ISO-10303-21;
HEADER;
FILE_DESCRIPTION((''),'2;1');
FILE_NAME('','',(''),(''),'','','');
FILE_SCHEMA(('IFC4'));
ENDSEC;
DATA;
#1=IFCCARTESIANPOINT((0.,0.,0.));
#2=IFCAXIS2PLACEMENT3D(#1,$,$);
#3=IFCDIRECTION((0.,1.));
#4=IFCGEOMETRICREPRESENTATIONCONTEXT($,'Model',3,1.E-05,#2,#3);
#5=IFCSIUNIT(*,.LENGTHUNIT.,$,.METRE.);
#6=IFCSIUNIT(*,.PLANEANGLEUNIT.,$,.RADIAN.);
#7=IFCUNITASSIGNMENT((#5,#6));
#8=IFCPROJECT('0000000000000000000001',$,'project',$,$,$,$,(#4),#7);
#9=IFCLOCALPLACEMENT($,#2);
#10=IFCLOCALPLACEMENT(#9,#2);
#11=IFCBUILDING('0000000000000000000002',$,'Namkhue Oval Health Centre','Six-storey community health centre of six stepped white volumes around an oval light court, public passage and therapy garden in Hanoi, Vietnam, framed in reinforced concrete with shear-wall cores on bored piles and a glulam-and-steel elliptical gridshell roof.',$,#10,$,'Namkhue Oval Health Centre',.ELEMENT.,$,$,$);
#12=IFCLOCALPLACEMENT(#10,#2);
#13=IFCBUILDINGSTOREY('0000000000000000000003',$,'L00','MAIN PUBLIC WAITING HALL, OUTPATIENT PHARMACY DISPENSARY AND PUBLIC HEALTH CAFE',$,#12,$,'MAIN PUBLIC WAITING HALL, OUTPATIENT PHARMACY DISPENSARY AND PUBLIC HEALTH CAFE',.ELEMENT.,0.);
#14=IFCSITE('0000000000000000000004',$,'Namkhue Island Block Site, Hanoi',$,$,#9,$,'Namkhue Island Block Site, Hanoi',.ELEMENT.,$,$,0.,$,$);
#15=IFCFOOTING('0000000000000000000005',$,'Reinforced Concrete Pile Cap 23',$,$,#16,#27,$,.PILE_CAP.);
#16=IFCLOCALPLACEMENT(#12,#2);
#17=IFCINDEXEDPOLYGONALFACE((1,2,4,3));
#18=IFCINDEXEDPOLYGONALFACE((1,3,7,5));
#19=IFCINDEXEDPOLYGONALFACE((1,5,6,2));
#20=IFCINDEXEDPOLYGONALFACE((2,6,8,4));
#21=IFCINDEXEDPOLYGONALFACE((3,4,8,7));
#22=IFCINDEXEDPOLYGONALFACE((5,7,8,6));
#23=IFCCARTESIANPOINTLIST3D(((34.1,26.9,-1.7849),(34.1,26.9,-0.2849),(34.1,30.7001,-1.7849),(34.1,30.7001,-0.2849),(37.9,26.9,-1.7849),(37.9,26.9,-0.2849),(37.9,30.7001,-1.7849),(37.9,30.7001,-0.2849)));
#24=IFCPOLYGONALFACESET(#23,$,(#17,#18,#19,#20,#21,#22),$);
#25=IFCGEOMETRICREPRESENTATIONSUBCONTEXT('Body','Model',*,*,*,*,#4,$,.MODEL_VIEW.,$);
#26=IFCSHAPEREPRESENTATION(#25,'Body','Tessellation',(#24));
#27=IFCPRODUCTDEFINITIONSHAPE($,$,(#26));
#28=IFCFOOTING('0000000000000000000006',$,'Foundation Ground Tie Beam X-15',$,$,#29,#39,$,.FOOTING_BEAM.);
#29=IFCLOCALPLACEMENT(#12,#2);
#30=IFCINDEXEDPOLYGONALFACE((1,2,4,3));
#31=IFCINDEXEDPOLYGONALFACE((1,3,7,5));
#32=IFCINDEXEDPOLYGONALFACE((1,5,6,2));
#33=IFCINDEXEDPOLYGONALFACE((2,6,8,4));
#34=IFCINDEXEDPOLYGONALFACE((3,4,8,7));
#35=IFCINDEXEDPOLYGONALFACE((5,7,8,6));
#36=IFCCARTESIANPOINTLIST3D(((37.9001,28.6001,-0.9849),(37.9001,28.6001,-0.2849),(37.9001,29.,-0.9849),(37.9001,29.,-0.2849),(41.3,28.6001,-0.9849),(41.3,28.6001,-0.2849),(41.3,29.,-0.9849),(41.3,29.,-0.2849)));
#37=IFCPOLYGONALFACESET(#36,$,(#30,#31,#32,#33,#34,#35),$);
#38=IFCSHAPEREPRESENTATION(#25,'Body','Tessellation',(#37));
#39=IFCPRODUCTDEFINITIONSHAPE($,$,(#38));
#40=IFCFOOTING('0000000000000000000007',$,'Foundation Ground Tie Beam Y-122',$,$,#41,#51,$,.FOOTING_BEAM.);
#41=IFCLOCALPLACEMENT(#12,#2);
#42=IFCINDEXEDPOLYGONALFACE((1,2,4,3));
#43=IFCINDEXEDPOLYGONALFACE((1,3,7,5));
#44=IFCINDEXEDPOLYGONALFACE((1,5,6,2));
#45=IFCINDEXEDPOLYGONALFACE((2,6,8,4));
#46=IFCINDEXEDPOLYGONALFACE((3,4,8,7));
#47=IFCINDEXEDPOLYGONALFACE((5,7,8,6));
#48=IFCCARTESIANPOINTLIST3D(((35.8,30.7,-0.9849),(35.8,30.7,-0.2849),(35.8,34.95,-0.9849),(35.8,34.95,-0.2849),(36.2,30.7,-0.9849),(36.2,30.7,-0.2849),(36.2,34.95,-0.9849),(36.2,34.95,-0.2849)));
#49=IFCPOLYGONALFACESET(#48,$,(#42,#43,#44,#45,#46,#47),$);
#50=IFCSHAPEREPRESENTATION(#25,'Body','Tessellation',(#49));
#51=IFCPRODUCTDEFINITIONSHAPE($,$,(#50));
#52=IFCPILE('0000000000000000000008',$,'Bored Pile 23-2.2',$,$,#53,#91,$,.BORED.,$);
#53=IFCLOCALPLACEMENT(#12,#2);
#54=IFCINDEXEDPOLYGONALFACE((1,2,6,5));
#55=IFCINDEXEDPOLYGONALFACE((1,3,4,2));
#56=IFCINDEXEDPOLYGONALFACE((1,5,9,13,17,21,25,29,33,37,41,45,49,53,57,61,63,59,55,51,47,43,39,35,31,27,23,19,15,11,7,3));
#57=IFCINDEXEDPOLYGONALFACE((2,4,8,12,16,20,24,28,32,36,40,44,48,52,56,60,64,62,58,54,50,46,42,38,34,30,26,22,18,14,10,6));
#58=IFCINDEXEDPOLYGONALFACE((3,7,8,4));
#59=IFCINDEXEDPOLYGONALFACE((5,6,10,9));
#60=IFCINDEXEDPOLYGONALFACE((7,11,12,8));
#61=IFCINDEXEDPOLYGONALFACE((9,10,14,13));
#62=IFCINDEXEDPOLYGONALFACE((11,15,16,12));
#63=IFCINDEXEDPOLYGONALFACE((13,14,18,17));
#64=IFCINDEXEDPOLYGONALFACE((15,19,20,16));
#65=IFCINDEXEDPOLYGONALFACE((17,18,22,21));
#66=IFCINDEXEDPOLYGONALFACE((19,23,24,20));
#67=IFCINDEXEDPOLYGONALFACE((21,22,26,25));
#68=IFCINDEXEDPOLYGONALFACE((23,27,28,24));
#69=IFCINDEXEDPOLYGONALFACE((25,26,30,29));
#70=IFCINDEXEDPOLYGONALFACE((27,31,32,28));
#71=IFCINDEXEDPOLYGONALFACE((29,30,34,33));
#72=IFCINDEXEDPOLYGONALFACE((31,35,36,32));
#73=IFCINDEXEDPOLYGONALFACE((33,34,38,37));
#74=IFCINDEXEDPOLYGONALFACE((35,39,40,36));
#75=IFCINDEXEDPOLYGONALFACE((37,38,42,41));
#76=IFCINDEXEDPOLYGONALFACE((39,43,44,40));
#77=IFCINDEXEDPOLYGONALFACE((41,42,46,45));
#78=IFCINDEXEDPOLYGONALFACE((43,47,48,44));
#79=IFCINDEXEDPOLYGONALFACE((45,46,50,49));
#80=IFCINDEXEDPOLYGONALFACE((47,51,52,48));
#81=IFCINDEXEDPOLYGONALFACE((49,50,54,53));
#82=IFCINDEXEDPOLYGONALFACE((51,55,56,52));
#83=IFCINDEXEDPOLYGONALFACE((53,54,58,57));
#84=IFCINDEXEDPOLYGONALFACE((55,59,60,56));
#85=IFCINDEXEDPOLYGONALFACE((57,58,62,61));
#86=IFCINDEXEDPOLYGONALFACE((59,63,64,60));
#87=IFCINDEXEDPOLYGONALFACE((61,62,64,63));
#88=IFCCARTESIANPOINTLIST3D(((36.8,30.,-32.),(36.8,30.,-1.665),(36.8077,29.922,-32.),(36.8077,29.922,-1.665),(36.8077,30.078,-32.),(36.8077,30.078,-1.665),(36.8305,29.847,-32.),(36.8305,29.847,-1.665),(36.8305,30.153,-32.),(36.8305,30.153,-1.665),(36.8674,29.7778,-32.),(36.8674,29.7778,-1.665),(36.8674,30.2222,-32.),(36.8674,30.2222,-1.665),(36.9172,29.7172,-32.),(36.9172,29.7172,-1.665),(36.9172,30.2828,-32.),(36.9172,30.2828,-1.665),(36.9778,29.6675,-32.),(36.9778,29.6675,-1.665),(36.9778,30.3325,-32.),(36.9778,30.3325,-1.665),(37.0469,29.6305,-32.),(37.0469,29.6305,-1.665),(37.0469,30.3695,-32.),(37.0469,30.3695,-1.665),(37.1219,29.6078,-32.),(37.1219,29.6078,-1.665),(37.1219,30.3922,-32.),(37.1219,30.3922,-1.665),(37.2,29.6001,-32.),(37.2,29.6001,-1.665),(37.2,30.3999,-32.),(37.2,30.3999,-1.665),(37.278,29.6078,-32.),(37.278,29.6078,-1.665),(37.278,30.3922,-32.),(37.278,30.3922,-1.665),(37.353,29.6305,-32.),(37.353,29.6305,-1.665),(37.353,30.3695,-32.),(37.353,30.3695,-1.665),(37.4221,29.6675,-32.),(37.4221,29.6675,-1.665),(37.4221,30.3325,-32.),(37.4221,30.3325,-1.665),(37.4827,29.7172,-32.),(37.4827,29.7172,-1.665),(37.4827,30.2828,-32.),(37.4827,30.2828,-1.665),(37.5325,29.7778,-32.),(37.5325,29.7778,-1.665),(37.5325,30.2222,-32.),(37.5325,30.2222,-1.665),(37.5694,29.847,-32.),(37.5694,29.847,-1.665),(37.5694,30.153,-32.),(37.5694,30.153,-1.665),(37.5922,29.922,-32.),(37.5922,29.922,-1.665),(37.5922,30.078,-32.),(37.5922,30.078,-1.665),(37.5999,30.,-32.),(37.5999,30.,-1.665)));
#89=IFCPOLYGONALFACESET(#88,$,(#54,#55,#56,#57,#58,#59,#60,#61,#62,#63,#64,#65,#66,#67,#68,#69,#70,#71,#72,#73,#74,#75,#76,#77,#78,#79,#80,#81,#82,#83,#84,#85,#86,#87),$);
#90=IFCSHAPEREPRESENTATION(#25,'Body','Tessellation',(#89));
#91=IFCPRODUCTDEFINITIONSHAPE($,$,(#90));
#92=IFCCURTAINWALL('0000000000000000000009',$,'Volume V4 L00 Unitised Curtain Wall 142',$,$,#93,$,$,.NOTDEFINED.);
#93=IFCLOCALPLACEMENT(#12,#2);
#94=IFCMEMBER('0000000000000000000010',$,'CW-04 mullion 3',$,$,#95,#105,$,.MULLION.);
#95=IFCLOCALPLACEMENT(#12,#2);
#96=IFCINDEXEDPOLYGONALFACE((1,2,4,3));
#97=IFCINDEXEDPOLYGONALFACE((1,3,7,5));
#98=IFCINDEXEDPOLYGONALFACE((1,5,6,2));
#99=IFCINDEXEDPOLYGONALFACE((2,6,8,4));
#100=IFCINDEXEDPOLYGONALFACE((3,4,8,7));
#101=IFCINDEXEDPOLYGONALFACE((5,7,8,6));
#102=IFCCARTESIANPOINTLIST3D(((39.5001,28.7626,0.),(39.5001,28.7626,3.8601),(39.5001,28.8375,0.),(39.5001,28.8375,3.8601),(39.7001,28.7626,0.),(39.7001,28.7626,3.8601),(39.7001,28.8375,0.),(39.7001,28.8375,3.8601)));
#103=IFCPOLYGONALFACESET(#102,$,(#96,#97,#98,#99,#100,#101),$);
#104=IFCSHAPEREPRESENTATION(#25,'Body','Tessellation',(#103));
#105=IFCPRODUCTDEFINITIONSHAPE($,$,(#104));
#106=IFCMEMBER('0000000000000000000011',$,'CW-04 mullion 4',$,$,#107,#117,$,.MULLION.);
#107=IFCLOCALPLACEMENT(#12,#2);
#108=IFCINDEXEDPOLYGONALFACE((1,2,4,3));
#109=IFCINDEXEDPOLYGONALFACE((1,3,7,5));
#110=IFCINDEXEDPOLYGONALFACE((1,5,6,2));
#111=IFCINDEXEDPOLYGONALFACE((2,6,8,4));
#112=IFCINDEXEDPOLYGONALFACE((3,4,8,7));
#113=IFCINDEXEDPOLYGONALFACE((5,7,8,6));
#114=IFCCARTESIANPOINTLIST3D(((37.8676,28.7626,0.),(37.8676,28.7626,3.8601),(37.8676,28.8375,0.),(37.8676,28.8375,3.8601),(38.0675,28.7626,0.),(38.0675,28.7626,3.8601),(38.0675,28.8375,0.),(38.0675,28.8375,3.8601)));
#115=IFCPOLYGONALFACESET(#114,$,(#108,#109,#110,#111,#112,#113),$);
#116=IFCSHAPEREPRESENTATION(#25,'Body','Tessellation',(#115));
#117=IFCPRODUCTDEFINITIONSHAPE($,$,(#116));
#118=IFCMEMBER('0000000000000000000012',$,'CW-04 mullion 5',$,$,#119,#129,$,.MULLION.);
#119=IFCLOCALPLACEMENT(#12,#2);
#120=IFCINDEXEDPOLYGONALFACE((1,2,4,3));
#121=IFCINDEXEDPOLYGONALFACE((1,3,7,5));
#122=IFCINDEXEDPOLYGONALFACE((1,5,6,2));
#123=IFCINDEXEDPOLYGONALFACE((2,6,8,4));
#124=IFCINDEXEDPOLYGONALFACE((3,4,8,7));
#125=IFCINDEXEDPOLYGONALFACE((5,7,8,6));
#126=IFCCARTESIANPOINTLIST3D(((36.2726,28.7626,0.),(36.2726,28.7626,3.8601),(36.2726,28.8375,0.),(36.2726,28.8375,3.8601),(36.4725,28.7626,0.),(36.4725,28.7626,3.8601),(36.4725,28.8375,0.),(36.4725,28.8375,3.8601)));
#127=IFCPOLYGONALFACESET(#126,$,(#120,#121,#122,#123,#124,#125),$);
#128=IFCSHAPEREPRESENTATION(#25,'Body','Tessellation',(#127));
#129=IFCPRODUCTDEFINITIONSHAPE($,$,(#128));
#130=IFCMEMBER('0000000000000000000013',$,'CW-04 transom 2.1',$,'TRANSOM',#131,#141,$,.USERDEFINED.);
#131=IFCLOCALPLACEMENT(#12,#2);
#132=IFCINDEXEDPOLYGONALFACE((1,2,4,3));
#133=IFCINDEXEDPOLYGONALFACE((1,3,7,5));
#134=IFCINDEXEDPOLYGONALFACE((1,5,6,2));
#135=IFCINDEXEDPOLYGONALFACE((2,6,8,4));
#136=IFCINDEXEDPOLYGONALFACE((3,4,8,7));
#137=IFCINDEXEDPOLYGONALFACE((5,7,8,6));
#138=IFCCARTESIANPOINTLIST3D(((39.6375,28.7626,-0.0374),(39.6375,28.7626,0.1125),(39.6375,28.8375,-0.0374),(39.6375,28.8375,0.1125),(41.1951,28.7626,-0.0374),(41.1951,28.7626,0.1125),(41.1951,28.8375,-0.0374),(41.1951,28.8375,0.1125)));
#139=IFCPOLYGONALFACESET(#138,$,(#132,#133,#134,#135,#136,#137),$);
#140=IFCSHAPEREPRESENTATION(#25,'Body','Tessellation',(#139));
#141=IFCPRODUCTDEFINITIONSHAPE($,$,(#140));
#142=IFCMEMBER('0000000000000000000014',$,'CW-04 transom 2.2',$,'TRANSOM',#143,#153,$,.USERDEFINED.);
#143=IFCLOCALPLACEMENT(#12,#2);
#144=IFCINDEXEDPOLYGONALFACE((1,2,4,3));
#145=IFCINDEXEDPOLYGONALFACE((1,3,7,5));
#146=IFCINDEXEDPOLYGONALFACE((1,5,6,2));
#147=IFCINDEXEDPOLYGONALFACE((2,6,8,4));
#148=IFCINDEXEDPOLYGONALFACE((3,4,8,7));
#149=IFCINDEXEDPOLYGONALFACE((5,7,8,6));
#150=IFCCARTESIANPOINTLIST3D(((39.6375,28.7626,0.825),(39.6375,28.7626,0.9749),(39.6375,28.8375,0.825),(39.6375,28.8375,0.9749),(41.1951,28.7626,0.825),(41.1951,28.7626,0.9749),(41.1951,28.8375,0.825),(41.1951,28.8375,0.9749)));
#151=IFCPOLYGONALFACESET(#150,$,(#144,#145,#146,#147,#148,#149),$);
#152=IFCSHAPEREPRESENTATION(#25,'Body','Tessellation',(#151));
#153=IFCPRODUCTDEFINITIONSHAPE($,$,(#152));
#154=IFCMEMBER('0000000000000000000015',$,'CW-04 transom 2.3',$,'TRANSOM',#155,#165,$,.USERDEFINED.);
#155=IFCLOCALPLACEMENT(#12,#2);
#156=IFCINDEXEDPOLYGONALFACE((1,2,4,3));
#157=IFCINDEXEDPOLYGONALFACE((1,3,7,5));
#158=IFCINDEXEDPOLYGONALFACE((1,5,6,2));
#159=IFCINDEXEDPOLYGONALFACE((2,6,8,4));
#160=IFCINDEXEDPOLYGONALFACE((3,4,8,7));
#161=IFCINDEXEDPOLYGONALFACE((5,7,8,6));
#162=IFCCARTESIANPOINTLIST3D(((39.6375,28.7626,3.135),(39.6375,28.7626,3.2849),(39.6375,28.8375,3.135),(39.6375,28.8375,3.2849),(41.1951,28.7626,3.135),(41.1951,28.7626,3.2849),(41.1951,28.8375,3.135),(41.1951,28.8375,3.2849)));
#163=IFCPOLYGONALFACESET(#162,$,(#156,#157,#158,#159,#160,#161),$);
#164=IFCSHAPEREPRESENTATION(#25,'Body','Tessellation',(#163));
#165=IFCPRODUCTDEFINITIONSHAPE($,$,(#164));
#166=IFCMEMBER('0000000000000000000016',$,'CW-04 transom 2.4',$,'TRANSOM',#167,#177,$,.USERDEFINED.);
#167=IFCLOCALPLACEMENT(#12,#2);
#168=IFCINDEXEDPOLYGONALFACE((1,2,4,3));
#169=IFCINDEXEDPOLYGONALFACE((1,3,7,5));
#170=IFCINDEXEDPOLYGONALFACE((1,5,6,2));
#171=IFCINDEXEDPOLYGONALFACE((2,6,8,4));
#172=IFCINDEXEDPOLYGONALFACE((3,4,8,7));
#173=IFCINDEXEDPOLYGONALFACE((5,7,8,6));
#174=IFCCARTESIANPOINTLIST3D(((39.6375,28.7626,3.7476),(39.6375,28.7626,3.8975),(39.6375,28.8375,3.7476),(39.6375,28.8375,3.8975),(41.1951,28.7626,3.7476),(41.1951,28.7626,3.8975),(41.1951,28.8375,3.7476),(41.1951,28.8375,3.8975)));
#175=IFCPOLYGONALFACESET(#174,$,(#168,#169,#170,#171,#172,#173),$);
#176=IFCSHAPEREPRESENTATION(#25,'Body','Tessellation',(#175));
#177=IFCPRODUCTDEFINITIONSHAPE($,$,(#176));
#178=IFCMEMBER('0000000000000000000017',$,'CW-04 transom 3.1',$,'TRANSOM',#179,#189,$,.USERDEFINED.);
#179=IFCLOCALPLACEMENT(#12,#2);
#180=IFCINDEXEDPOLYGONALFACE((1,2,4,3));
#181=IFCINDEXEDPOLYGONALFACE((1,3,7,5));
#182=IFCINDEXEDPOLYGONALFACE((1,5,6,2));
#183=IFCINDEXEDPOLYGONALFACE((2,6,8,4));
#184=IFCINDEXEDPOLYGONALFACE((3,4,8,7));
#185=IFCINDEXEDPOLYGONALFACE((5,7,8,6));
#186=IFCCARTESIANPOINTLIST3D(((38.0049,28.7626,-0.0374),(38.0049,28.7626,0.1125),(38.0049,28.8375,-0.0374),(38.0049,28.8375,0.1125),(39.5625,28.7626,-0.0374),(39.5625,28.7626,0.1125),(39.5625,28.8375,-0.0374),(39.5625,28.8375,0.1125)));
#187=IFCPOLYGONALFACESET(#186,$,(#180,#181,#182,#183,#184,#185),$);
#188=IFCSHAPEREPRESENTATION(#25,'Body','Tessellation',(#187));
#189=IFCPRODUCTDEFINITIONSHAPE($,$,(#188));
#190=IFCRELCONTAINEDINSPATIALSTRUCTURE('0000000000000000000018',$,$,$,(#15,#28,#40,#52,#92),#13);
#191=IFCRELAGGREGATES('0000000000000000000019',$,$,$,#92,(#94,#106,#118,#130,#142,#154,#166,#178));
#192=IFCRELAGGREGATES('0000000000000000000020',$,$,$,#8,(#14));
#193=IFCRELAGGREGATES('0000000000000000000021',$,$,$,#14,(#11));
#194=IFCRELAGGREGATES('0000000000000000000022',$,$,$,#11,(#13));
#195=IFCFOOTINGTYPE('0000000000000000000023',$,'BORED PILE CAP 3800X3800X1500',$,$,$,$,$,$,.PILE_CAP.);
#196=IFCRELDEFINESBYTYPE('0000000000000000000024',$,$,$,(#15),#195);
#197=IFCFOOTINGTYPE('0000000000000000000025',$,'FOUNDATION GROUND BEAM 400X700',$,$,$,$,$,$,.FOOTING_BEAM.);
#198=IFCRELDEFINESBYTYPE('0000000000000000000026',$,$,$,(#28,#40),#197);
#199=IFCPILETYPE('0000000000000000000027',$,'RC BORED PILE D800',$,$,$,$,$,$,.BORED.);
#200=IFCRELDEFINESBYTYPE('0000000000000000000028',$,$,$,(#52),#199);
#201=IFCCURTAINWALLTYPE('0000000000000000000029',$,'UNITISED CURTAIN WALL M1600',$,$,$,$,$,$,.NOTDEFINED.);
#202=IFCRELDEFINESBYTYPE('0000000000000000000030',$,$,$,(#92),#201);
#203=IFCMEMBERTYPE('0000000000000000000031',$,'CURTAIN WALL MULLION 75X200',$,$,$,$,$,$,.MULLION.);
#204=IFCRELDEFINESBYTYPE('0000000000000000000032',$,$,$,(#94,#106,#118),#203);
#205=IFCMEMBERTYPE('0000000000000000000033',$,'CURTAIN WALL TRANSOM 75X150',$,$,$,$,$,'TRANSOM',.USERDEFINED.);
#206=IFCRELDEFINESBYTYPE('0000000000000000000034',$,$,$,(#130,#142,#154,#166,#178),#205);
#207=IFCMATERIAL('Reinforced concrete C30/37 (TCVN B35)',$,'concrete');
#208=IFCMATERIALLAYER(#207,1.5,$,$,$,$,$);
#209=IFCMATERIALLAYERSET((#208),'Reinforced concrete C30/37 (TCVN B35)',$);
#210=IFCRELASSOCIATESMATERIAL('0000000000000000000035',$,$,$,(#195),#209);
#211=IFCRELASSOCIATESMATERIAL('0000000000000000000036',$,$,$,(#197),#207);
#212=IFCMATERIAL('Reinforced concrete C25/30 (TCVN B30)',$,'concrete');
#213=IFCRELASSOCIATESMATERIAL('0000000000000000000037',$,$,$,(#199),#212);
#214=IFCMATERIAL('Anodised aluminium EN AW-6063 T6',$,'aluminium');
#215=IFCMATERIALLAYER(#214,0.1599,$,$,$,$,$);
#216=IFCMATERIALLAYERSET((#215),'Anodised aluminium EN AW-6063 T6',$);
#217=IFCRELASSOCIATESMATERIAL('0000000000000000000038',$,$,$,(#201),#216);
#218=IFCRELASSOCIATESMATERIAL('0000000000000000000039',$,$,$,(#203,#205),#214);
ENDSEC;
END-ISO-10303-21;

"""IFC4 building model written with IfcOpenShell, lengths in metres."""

from ifc_helpers import new_model, si_unit, direction, frame, origin, origin_2d, place, context, subcontext, project, spatial, rectangle, circle, extrude, material, layer, layer_set, material_profile, profile_set, type_object, element, aggregate, save


model = new_model("IFC4")

# Units and contexts
model_context = context("Model", 3, precision=1e-05, world=origin(), true_north=direction((0.0, 1.0)))
body_context = subcontext(model_context, "Body", "Model", "MODEL_VIEW")
ifc_project = project(units=[si_unit("LENGTHUNIT", "METRE"), si_unit("PLANEANGLEUNIT", "RADIAN")], contexts=[model_context])

# Site, building, storey
site_placement = place(None, origin())
site = spatial("IfcSite", under=ifc_project, at=site_placement, Name="Namkhue Island Block Site, Hanoi", LongName="Namkhue Island Block Site, Hanoi", CompositionType="ELEMENT", RefElevation=0.0)
building_placement = place(site_placement, origin())
building = spatial("IfcBuilding", under=site, at=building_placement, Name="Namkhue Oval Health Centre", Description="Six-storey community health centre of six stepped white volumes around an oval light court, public passage and therapy garden in Hanoi, Vietnam, framed in reinforced concrete with shear-wall cores on bored piles and a glulam-and-steel elliptical gridshell roof.", LongName="Namkhue Oval Health Centre", CompositionType="ELEMENT")
storey_placement = place(building_placement, origin())
storey = spatial("IfcBuildingStorey", under=building, at=storey_placement, Name="L00", Description="MAIN PUBLIC WAITING HALL, OUTPATIENT PHARMACY DISPENSARY AND PUBLIC HEALTH CAFE", LongName="MAIN PUBLIC WAITING HALL, OUTPATIENT PHARMACY DISPENSARY AND PUBLIC HEALTH CAFE", CompositionType="ELEMENT", Elevation=0.0)

# Footings
ifc_material_1 = material(Name="Reinforced concrete C30/37 (TCVN B35)", Category="concrete")
ifc_layer_1 = layer(ifc_material_1, 1.5)
ifc_layer_set_1 = layer_set([ifc_layer_1], Name="Reinforced concrete C30/37 (TCVN B35)")
footing_type_1 = type_object("IfcFootingType", Name="BORED PILE CAP 3800X3800X1500", PredefinedType="PILE_CAP", material=ifc_layer_set_1)
footing_1_placement = place(storey_placement, frame((36.0, 28.8, -1.7849), z_axis=(0.0, 0.0, 1.0), x_axis=(1.0, 0.0, 0.0)))
element("IfcFooting", 1, at=footing_1_placement, inside=storey, type_object=footing_type_1, Name="Reinforced Concrete Pile Cap 23", PredefinedType="PILE_CAP", context=body_context, shape_type="SweptSolid", body=[
    extrude(rectangle(XDim=3.8, YDim=3.8, at=origin_2d()), origin(), (0.0, 0.0, 1.0), 1.5),
])
footing_type_2 = type_object("IfcFootingType", Name="FOUNDATION GROUND BEAM 400X700", PredefinedType="FOOTING_BEAM", material=ifc_material_1)
footing_2_placement = place(storey_placement, frame((39.6001, 28.8, -0.9849), z_axis=(0.0, 0.0, 1.0), x_axis=(1.0, 0.0, 0.0)))
element("IfcFooting", 2, at=footing_2_placement, inside=storey, type_object=footing_type_2, Name="Foundation Ground Tie Beam X-15", PredefinedType="FOOTING_BEAM", context=body_context, shape_type="SweptSolid", body=[
    extrude(rectangle(XDim=3.3999, YDim=0.3999, at=origin_2d()), origin(), (0.0, 0.0, 1.0), 0.7),
])
footing_3_placement = place(storey_placement, frame((36.0, 32.825, -0.9849), z_axis=(0.0, 0.0, 1.0), x_axis=(0.0, 1.0, 0.0)))
element("IfcFooting", 3, at=footing_3_placement, inside=storey, type_object=footing_type_2, Name="Foundation Ground Tie Beam Y-122", PredefinedType="FOOTING_BEAM", context=body_context, shape_type="SweptSolid", body=[
    extrude(rectangle(XDim=4.25, YDim=0.3999, at=origin_2d()), origin(), (0.0, 0.0, 1.0), 0.7),
])

# Pile
ifc_material_2 = material(Name="Reinforced concrete C25/30 (TCVN B30)", Category="concrete")
ifc_material_profile_1 = material_profile(ifc_material_2, circle(Radius=0.3999, at=origin_2d()), Name="BORED PILE D800")
ifc_profile_set_1 = profile_set([ifc_material_profile_1], Name="Reinforced concrete C25/30 (TCVN B30)")
pile_type = type_object("IfcPileType", Name="RC BORED PILE D800", PredefinedType="BORED", material=ifc_profile_set_1)
pile_placement = place(storey_placement, frame((37.2, 30.0, -1.665), z_axis=(0.0, 0.0, -1.0), x_axis=(1.0, 0.0, 0.0)))
element("IfcPile", 4, at=pile_placement, inside=storey, type_object=pile_type, Name="Bored Pile 23-2.2", PredefinedType="BORED", context=body_context, shape_type="SweptSolid", body=[
    extrude(circle(Radius=0.3999, at=origin_2d()), origin(), (0.0, 0.0, 1.0), 30.335),
])

# Curtain wall, members
ifc_material_3 = material(Name="Anodised aluminium EN AW-6063 T6", Category="aluminium")
ifc_layer_2 = layer(ifc_material_3, 0.1599)
ifc_layer_set_2 = layer_set([ifc_layer_2], Name="Anodised aluminium EN AW-6063 T6")
curtain_wall_type = type_object("IfcCurtainWallType", Name="UNITISED CURTAIN WALL M1600", PredefinedType="NOTDEFINED", material=ifc_layer_set_2)
curtain_wall_placement = place(storey_placement, origin())
curtain_wall = element("IfcCurtainWall", 5, at=curtain_wall_placement, inside=storey, type_object=curtain_wall_type, Name="Volume V4 L00 Unitised Curtain Wall 142", PredefinedType="NOTDEFINED")
ifc_material_profile_2 = material_profile(ifc_material_3, rectangle(XDim=0.075, YDim=0.2, at=origin_2d()), Name="ALU 75x200")
ifc_profile_set_2 = profile_set([ifc_material_profile_2], Name="Anodised aluminium EN AW-6063 T6")
member_type_1 = type_object("IfcMemberType", Name="CURTAIN WALL MULLION 75X200", PredefinedType="MULLION", material=ifc_profile_set_2)
member_1_placement = place(storey_placement, frame((39.6001, 28.8, 0.0), z_axis=(0.0, 0.0, 1.0), x_axis=(0.0, -1.0, 0.0)))
member_1 = element("IfcMember", 6, at=member_1_placement, type_object=member_type_1, Name="CW-04 mullion 3", PredefinedType="MULLION", context=body_context, shape_type="SweptSolid", body=[
    extrude(rectangle(XDim=0.075, YDim=0.2, at=origin_2d()), origin(), (0.0, 0.0, 1.0), 3.8601),
])
member_2_placement = place(storey_placement, frame((37.9675, 28.8, 0.0), z_axis=(0.0, 0.0, 1.0), x_axis=(0.0, -1.0, 0.0)))
member_2 = element("IfcMember", 7, at=member_2_placement, type_object=member_type_1, Name="CW-04 mullion 4", PredefinedType="MULLION", context=body_context, shape_type="SweptSolid", body=[
    extrude(rectangle(XDim=0.075, YDim=0.2, at=origin_2d()), origin(), (0.0, 0.0, 1.0), 3.8601),
])
member_3_placement = place(storey_placement, frame((36.3726, 28.8, 0.0), z_axis=(0.0, 0.0, 1.0), x_axis=(0.0, -1.0, 0.0)))
member_3 = element("IfcMember", 8, at=member_3_placement, type_object=member_type_1, Name="CW-04 mullion 5", PredefinedType="MULLION", context=body_context, shape_type="SweptSolid", body=[
    extrude(rectangle(XDim=0.075, YDim=0.2, at=origin_2d()), origin(), (0.0, 0.0, 1.0), 3.8601),
])
ifc_material_profile_3 = material_profile(ifc_material_3, rectangle(XDim=0.075, YDim=0.1499, at=origin_2d()), Name="ALU 75x150")
ifc_profile_set_3 = profile_set([ifc_material_profile_3], Name="Anodised aluminium EN AW-6063 T6")
member_type_2 = type_object("IfcMemberType", Name="CURTAIN WALL TRANSOM 75X150", ElementType="TRANSOM", PredefinedType="USERDEFINED", material=ifc_profile_set_3)
member_4_placement = place(storey_placement, frame((41.1951, 28.8, 0.0376), z_axis=(-1.0, 0.0, 0.0), x_axis=(0.0, -1.0, 0.0)))
member_4 = element("IfcMember", 9, at=member_4_placement, type_object=member_type_2, Name="CW-04 transom 2.1", ObjectType="TRANSOM", PredefinedType="USERDEFINED", context=body_context, shape_type="SweptSolid", body=[
    extrude(rectangle(XDim=0.075, YDim=0.1499, at=origin_2d()), origin(), (0.0, 0.0, 1.0), 1.5576),
])
member_5_placement = place(storey_placement, frame((41.1951, 28.8, 0.8999), z_axis=(-1.0, 0.0, 0.0), x_axis=(0.0, -1.0, 0.0)))
member_5 = element("IfcMember", 10, at=member_5_placement, type_object=member_type_2, Name="CW-04 transom 2.2", ObjectType="TRANSOM", PredefinedType="USERDEFINED", context=body_context, shape_type="SweptSolid", body=[
    extrude(rectangle(XDim=0.075, YDim=0.1499, at=origin_2d()), origin(), (0.0, 0.0, 1.0), 1.5576),
])
member_6_placement = place(storey_placement, frame((41.1951, 28.8, 3.21), z_axis=(-1.0, 0.0, 0.0), x_axis=(0.0, -1.0, 0.0)))
member_6 = element("IfcMember", 11, at=member_6_placement, type_object=member_type_2, Name="CW-04 transom 2.3", ObjectType="TRANSOM", PredefinedType="USERDEFINED", context=body_context, shape_type="SweptSolid", body=[
    extrude(rectangle(XDim=0.075, YDim=0.1499, at=origin_2d()), origin(), (0.0, 0.0, 1.0), 1.5576),
])
member_7_placement = place(storey_placement, frame((41.1951, 28.8, 3.8225), z_axis=(-1.0, 0.0, 0.0), x_axis=(0.0, -1.0, 0.0)))
member_7 = element("IfcMember", 12, at=member_7_placement, type_object=member_type_2, Name="CW-04 transom 2.4", ObjectType="TRANSOM", PredefinedType="USERDEFINED", context=body_context, shape_type="SweptSolid", body=[
    extrude(rectangle(XDim=0.075, YDim=0.1499, at=origin_2d()), origin(), (0.0, 0.0, 1.0), 1.5576),
])
member_8_placement = place(storey_placement, frame((39.5625, 28.8, 0.0376), z_axis=(-1.0, 0.0, 0.0), x_axis=(0.0, -1.0, 0.0)))
member_8 = element("IfcMember", 13, at=member_8_placement, type_object=member_type_2, Name="CW-04 transom 3.1", ObjectType="TRANSOM", PredefinedType="USERDEFINED", context=body_context, shape_type="SweptSolid", body=[
    extrude(rectangle(XDim=0.075, YDim=0.1499, at=origin_2d()), origin(), (0.0, 0.0, 1.0), 1.5576),
])

aggregate(curtain_wall, [member_1, member_2, member_3, member_4, member_5, member_6, member_7, member_8])

save(model, "model.ifc")
